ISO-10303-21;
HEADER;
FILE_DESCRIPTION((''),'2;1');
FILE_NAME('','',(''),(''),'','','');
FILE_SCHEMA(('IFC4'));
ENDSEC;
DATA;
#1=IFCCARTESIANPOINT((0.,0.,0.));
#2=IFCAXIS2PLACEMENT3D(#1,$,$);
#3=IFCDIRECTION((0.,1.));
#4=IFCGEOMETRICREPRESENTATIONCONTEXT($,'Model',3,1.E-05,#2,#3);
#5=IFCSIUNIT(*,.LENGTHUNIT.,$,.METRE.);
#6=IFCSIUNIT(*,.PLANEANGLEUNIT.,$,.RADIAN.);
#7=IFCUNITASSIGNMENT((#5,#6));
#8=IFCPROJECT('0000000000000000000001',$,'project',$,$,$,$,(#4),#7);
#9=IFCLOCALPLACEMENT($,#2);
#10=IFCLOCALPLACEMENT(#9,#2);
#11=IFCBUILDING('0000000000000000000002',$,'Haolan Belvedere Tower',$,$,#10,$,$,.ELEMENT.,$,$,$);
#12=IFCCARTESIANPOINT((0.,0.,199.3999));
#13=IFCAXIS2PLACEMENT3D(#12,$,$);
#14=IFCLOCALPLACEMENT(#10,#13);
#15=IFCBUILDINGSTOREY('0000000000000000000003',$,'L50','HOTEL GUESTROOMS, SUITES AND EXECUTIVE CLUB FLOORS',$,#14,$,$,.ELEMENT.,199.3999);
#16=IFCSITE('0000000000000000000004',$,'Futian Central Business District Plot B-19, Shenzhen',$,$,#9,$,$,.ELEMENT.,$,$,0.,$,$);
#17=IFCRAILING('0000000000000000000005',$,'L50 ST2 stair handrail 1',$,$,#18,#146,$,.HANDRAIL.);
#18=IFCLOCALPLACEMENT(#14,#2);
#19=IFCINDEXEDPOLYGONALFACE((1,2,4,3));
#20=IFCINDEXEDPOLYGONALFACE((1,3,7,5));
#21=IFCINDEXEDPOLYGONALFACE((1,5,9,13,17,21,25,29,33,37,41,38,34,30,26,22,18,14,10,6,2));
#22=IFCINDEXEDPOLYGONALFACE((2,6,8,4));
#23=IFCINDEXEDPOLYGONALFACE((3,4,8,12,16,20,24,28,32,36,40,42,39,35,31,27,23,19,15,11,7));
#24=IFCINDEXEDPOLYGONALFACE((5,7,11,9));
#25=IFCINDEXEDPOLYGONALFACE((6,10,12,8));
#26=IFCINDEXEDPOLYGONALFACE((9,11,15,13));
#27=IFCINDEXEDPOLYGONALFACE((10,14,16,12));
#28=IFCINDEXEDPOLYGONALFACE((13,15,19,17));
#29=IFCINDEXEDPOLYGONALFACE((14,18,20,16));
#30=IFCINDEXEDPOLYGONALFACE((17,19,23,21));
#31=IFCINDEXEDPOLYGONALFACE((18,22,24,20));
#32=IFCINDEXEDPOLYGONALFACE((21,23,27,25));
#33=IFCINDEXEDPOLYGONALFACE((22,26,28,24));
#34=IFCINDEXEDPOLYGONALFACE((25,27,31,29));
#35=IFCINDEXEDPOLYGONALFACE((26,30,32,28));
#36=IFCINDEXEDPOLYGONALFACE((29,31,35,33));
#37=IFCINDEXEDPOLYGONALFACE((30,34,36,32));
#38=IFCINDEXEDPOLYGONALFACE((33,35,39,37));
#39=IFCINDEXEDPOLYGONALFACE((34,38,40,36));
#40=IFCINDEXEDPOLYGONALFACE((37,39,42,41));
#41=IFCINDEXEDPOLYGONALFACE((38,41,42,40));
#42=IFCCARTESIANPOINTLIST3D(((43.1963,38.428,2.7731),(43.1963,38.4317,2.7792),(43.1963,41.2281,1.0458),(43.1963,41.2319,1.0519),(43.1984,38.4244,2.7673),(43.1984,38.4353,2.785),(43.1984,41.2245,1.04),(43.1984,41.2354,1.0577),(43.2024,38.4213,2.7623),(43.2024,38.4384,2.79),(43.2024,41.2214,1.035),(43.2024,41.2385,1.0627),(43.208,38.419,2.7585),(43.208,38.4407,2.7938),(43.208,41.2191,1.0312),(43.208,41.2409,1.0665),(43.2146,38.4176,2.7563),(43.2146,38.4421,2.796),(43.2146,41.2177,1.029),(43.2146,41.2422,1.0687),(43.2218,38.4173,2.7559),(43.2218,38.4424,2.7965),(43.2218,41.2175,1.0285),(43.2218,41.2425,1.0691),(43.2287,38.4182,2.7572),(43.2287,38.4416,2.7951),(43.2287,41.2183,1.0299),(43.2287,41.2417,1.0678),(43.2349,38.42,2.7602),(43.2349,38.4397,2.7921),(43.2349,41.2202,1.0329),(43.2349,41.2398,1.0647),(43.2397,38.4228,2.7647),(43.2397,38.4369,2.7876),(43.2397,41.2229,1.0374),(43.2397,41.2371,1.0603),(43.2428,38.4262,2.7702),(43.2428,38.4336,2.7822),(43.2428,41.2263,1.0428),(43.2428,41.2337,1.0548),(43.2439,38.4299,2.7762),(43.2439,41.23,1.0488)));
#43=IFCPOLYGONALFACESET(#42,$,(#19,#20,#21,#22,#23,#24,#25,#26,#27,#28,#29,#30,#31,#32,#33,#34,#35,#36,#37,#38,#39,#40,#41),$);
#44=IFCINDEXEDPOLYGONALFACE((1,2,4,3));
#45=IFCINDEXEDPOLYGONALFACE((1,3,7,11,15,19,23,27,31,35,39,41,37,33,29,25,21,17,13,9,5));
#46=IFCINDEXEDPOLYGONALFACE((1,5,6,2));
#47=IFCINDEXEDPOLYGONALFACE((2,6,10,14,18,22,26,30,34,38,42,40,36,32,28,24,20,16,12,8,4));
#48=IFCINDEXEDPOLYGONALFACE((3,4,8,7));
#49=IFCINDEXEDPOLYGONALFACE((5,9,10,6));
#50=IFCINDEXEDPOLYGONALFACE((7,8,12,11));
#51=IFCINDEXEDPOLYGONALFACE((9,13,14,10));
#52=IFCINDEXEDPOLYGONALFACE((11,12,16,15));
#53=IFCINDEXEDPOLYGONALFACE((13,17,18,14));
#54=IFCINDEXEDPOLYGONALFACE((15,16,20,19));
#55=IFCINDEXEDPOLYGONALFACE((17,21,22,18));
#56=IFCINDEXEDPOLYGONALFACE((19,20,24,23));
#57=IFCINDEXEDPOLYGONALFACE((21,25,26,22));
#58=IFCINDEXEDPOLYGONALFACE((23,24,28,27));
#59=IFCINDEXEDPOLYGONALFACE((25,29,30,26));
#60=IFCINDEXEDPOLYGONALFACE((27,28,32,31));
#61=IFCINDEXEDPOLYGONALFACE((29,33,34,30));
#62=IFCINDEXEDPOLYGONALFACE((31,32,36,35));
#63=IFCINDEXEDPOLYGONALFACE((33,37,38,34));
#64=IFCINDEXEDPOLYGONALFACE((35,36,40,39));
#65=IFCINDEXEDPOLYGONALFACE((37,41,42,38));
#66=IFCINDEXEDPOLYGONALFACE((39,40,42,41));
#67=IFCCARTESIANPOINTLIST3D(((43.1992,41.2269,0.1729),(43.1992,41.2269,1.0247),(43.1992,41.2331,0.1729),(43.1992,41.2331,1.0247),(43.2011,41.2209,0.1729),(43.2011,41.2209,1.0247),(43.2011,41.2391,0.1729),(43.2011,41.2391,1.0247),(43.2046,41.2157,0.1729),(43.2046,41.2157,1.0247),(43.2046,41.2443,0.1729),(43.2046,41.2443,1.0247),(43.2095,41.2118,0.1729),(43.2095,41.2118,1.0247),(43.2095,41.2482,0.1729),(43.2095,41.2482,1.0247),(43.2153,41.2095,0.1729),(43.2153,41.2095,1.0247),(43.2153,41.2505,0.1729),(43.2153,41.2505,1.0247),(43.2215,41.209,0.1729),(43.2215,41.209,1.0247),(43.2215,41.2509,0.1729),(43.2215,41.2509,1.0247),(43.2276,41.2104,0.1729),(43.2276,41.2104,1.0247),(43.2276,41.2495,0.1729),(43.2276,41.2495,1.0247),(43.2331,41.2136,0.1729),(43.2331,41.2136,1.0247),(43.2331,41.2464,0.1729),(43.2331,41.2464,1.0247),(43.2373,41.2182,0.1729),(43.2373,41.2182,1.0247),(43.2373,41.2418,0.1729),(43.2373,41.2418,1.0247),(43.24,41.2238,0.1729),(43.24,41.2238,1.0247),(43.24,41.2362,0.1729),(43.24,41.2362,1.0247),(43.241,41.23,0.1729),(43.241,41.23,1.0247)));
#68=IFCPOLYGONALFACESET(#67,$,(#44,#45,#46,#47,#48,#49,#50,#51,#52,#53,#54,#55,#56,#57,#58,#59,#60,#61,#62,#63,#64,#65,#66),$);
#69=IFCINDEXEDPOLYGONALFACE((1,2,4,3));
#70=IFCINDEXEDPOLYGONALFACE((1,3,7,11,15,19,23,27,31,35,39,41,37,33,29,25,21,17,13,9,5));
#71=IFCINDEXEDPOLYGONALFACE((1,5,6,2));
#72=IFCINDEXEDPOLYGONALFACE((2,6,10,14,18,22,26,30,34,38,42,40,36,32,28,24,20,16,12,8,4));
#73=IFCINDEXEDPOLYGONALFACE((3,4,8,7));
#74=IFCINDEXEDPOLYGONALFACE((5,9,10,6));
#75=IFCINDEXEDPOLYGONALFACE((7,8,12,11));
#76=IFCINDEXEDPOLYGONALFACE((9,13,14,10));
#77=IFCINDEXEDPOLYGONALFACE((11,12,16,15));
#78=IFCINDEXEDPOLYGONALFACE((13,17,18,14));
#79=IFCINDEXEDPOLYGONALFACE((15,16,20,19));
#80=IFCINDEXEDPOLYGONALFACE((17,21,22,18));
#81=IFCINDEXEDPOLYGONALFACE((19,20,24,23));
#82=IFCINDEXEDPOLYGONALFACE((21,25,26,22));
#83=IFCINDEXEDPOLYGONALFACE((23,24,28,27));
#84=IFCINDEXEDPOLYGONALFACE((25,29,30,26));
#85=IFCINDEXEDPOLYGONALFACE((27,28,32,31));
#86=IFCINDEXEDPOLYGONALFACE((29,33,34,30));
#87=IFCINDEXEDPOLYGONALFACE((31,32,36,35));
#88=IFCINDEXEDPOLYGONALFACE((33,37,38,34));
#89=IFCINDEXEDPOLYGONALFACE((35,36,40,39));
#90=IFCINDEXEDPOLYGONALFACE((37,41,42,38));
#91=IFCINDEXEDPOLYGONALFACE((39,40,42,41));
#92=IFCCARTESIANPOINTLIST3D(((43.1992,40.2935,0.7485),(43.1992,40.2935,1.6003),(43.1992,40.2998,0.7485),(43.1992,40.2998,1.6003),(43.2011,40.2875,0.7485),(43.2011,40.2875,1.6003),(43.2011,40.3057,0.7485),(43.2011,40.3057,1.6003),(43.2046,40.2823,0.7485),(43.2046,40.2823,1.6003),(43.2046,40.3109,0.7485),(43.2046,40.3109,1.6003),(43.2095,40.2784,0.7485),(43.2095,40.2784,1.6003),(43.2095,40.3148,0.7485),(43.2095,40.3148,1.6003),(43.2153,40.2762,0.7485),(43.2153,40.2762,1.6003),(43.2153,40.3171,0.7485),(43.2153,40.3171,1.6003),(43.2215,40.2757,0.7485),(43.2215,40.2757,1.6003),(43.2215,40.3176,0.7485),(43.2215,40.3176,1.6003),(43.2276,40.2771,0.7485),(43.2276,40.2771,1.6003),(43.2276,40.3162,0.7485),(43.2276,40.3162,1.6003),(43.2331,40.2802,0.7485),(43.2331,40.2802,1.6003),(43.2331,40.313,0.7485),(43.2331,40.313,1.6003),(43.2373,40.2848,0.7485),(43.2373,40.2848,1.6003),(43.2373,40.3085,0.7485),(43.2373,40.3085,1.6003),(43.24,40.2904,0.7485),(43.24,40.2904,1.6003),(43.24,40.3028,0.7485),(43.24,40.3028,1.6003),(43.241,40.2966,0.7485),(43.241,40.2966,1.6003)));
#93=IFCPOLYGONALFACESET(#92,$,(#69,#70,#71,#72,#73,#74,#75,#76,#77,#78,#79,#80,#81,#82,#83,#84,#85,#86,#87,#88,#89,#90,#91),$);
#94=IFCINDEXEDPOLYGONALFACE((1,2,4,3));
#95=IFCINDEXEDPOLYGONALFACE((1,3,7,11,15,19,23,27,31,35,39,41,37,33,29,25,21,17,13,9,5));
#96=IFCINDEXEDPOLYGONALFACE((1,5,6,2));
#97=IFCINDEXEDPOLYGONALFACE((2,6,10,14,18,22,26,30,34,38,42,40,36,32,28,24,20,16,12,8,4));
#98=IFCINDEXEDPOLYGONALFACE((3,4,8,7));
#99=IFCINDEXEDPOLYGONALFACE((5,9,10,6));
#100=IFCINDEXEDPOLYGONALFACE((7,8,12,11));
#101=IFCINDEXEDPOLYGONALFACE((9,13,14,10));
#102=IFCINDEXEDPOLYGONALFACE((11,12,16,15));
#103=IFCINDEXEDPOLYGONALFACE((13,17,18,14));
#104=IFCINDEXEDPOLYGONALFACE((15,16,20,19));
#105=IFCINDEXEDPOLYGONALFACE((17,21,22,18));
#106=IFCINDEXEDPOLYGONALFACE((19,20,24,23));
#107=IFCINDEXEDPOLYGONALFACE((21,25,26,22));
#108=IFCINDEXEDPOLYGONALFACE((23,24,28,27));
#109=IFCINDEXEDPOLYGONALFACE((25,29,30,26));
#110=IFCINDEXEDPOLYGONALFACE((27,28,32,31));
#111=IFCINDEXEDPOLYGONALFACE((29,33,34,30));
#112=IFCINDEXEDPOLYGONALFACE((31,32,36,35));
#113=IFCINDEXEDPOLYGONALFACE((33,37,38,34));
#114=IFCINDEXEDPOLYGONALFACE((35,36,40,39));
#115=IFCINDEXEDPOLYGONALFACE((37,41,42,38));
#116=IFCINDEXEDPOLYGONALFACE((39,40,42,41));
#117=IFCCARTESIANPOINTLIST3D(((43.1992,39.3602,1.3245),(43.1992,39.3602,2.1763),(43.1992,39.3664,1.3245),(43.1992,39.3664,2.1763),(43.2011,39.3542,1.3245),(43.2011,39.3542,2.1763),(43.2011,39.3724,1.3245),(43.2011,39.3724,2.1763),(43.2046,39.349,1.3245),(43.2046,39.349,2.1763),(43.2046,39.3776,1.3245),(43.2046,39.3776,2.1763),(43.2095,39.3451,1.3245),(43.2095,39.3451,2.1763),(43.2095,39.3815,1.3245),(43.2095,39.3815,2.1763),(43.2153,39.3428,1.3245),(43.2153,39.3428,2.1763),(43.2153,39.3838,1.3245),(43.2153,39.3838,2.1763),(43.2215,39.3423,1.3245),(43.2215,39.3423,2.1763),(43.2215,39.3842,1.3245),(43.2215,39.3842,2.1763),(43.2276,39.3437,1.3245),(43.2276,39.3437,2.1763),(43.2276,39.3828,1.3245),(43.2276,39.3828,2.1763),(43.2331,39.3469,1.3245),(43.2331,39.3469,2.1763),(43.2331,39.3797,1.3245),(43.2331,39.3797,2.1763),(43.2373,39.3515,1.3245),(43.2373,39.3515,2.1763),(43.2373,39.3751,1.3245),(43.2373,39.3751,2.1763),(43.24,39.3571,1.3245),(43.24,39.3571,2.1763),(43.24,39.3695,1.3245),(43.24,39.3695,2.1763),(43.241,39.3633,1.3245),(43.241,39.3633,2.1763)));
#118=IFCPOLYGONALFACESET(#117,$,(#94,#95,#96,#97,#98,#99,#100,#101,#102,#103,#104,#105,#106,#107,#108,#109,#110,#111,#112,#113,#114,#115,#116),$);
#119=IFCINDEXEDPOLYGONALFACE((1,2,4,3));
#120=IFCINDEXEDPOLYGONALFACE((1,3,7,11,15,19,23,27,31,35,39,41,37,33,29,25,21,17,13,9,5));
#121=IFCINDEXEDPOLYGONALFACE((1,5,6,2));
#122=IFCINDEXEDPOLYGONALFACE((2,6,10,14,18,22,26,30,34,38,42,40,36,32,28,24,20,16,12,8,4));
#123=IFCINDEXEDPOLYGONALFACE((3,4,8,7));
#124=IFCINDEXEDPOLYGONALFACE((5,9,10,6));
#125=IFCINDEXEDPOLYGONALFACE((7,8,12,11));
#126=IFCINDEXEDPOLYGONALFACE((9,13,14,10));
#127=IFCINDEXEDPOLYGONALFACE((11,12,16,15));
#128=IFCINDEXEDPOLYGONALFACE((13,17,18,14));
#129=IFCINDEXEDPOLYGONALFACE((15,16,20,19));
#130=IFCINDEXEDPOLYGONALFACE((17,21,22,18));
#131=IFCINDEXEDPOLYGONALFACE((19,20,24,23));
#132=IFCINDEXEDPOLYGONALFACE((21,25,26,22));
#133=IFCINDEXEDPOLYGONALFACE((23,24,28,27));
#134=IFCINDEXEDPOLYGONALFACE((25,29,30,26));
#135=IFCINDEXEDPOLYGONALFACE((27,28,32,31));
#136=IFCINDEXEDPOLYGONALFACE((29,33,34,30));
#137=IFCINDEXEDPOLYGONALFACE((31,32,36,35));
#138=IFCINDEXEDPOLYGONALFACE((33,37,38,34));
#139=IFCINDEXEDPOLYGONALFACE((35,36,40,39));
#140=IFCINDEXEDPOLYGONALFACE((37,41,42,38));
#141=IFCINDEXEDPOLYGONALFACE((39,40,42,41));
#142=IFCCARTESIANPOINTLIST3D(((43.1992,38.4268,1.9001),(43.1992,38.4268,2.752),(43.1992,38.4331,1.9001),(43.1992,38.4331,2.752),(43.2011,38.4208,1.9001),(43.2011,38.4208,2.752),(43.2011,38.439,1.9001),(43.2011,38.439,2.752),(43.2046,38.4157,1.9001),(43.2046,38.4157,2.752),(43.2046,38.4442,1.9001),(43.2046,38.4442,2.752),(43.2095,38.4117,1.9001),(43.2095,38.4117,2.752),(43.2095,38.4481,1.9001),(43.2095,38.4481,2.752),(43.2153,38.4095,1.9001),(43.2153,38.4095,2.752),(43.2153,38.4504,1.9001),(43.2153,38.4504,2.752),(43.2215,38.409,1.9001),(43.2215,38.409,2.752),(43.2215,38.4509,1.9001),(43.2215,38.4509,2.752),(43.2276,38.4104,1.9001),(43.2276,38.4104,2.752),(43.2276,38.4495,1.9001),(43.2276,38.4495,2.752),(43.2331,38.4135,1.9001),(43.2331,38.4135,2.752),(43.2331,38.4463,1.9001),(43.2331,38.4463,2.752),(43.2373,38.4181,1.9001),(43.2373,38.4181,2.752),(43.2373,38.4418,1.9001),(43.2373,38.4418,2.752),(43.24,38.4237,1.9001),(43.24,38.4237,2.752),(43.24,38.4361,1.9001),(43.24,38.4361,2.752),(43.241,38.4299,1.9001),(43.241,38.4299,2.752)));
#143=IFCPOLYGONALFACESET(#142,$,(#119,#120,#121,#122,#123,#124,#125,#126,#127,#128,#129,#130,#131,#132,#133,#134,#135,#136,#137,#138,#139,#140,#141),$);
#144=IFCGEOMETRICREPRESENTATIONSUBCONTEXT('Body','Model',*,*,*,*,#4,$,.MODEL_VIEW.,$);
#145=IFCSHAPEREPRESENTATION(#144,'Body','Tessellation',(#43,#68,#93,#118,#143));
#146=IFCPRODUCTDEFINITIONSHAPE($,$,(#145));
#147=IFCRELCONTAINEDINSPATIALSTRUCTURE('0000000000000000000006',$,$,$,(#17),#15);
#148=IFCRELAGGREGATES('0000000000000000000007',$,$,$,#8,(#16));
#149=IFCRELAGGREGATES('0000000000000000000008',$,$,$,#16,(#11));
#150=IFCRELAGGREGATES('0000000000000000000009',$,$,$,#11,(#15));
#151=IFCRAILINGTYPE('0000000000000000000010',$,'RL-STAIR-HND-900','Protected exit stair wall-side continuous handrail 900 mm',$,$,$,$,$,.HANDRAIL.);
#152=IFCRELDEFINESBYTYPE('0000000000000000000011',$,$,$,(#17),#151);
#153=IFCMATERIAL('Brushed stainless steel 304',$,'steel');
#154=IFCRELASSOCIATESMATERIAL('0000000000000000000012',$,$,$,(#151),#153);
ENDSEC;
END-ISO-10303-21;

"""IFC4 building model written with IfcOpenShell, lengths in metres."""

from ifc_helpers import new_model, si_unit, direction, frame, origin, origin_2d, place, context, subcontext, project, spatial, circle, extrude, material, type_object, element, save


model = new_model("IFC4")

# Units and contexts
model_context = context("Model", 3, precision=1e-05, world=origin(), true_north=direction((0.0, 1.0)))
body_context = subcontext(model_context, "Body", "Model", "MODEL_VIEW")
ifc_project = project(units=[si_unit("LENGTHUNIT", "METRE"), si_unit("PLANEANGLEUNIT", "RADIAN")], contexts=[model_context])

# Site, building, storey
site_placement = place(None, origin())
site = spatial("IfcSite", under=ifc_project, at=site_placement, Name="Futian Central Business District Plot B-19, Shenzhen", CompositionType="ELEMENT", RefElevation=0.0)
building_placement = place(site_placement, origin())
building = spatial("IfcBuilding", under=site, at=building_placement, Name="Haolan Belvedere Tower", CompositionType="ELEMENT")
storey_placement = place(building_placement, frame((0.0, 0.0, 199.3999)))
storey = spatial("IfcBuildingStorey", under=building, at=storey_placement, Name="L50", Description="HOTEL GUESTROOMS, SUITES AND EXECUTIVE CLUB FLOORS", CompositionType="ELEMENT", Elevation=199.3999)

# Railing
ifc_material_1 = material(Name="Brushed stainless steel 304", Category="steel")
railing_type_1 = type_object("IfcRailingType", Name="RL-STAIR-HND-900", Description="Protected exit stair wall-side continuous handrail 900 mm", PredefinedType="HANDRAIL", material=ifc_material_1)
railing_1_placement = place(storey_placement, frame((43.22, 41.23, 0.1729)))
element("IfcRailing", 1, at=railing_1_placement, inside=storey, type_object=railing_type_1, Name="L50 ST2 stair handrail 1", PredefinedType="HANDRAIL", context=body_context, shape_type="SweptSolid", body=[
    extrude(circle(Radius=0.0239, at=origin_2d()), frame((0.0, 0.0, 0.876), z_axis=(0.0, -0.85109, 0.52502), x_axis=(1.0, 0.0, 0.0)), (0.0, 0.0, 1.0), 3.29),
    extrude(circle(Radius=0.021, at=origin_2d()), origin(), (0.0, 0.0, 1.0), 0.8518),
    extrude(circle(Radius=0.021, at=origin_2d()), frame((0.0, -0.9333, 0.5757)), (0.0, 0.0, 1.0), 0.8518),
    extrude(circle(Radius=0.021, at=origin_2d()), frame((0.0, -1.8667, 1.1516)), (0.0, 0.0, 1.0), 0.8518),
    extrude(circle(Radius=0.021, at=origin_2d()), frame((0.0, -2.8, 1.7273)), (0.0, 0.0, 1.0), 0.8518),
])

save(model, "model.ifc")
